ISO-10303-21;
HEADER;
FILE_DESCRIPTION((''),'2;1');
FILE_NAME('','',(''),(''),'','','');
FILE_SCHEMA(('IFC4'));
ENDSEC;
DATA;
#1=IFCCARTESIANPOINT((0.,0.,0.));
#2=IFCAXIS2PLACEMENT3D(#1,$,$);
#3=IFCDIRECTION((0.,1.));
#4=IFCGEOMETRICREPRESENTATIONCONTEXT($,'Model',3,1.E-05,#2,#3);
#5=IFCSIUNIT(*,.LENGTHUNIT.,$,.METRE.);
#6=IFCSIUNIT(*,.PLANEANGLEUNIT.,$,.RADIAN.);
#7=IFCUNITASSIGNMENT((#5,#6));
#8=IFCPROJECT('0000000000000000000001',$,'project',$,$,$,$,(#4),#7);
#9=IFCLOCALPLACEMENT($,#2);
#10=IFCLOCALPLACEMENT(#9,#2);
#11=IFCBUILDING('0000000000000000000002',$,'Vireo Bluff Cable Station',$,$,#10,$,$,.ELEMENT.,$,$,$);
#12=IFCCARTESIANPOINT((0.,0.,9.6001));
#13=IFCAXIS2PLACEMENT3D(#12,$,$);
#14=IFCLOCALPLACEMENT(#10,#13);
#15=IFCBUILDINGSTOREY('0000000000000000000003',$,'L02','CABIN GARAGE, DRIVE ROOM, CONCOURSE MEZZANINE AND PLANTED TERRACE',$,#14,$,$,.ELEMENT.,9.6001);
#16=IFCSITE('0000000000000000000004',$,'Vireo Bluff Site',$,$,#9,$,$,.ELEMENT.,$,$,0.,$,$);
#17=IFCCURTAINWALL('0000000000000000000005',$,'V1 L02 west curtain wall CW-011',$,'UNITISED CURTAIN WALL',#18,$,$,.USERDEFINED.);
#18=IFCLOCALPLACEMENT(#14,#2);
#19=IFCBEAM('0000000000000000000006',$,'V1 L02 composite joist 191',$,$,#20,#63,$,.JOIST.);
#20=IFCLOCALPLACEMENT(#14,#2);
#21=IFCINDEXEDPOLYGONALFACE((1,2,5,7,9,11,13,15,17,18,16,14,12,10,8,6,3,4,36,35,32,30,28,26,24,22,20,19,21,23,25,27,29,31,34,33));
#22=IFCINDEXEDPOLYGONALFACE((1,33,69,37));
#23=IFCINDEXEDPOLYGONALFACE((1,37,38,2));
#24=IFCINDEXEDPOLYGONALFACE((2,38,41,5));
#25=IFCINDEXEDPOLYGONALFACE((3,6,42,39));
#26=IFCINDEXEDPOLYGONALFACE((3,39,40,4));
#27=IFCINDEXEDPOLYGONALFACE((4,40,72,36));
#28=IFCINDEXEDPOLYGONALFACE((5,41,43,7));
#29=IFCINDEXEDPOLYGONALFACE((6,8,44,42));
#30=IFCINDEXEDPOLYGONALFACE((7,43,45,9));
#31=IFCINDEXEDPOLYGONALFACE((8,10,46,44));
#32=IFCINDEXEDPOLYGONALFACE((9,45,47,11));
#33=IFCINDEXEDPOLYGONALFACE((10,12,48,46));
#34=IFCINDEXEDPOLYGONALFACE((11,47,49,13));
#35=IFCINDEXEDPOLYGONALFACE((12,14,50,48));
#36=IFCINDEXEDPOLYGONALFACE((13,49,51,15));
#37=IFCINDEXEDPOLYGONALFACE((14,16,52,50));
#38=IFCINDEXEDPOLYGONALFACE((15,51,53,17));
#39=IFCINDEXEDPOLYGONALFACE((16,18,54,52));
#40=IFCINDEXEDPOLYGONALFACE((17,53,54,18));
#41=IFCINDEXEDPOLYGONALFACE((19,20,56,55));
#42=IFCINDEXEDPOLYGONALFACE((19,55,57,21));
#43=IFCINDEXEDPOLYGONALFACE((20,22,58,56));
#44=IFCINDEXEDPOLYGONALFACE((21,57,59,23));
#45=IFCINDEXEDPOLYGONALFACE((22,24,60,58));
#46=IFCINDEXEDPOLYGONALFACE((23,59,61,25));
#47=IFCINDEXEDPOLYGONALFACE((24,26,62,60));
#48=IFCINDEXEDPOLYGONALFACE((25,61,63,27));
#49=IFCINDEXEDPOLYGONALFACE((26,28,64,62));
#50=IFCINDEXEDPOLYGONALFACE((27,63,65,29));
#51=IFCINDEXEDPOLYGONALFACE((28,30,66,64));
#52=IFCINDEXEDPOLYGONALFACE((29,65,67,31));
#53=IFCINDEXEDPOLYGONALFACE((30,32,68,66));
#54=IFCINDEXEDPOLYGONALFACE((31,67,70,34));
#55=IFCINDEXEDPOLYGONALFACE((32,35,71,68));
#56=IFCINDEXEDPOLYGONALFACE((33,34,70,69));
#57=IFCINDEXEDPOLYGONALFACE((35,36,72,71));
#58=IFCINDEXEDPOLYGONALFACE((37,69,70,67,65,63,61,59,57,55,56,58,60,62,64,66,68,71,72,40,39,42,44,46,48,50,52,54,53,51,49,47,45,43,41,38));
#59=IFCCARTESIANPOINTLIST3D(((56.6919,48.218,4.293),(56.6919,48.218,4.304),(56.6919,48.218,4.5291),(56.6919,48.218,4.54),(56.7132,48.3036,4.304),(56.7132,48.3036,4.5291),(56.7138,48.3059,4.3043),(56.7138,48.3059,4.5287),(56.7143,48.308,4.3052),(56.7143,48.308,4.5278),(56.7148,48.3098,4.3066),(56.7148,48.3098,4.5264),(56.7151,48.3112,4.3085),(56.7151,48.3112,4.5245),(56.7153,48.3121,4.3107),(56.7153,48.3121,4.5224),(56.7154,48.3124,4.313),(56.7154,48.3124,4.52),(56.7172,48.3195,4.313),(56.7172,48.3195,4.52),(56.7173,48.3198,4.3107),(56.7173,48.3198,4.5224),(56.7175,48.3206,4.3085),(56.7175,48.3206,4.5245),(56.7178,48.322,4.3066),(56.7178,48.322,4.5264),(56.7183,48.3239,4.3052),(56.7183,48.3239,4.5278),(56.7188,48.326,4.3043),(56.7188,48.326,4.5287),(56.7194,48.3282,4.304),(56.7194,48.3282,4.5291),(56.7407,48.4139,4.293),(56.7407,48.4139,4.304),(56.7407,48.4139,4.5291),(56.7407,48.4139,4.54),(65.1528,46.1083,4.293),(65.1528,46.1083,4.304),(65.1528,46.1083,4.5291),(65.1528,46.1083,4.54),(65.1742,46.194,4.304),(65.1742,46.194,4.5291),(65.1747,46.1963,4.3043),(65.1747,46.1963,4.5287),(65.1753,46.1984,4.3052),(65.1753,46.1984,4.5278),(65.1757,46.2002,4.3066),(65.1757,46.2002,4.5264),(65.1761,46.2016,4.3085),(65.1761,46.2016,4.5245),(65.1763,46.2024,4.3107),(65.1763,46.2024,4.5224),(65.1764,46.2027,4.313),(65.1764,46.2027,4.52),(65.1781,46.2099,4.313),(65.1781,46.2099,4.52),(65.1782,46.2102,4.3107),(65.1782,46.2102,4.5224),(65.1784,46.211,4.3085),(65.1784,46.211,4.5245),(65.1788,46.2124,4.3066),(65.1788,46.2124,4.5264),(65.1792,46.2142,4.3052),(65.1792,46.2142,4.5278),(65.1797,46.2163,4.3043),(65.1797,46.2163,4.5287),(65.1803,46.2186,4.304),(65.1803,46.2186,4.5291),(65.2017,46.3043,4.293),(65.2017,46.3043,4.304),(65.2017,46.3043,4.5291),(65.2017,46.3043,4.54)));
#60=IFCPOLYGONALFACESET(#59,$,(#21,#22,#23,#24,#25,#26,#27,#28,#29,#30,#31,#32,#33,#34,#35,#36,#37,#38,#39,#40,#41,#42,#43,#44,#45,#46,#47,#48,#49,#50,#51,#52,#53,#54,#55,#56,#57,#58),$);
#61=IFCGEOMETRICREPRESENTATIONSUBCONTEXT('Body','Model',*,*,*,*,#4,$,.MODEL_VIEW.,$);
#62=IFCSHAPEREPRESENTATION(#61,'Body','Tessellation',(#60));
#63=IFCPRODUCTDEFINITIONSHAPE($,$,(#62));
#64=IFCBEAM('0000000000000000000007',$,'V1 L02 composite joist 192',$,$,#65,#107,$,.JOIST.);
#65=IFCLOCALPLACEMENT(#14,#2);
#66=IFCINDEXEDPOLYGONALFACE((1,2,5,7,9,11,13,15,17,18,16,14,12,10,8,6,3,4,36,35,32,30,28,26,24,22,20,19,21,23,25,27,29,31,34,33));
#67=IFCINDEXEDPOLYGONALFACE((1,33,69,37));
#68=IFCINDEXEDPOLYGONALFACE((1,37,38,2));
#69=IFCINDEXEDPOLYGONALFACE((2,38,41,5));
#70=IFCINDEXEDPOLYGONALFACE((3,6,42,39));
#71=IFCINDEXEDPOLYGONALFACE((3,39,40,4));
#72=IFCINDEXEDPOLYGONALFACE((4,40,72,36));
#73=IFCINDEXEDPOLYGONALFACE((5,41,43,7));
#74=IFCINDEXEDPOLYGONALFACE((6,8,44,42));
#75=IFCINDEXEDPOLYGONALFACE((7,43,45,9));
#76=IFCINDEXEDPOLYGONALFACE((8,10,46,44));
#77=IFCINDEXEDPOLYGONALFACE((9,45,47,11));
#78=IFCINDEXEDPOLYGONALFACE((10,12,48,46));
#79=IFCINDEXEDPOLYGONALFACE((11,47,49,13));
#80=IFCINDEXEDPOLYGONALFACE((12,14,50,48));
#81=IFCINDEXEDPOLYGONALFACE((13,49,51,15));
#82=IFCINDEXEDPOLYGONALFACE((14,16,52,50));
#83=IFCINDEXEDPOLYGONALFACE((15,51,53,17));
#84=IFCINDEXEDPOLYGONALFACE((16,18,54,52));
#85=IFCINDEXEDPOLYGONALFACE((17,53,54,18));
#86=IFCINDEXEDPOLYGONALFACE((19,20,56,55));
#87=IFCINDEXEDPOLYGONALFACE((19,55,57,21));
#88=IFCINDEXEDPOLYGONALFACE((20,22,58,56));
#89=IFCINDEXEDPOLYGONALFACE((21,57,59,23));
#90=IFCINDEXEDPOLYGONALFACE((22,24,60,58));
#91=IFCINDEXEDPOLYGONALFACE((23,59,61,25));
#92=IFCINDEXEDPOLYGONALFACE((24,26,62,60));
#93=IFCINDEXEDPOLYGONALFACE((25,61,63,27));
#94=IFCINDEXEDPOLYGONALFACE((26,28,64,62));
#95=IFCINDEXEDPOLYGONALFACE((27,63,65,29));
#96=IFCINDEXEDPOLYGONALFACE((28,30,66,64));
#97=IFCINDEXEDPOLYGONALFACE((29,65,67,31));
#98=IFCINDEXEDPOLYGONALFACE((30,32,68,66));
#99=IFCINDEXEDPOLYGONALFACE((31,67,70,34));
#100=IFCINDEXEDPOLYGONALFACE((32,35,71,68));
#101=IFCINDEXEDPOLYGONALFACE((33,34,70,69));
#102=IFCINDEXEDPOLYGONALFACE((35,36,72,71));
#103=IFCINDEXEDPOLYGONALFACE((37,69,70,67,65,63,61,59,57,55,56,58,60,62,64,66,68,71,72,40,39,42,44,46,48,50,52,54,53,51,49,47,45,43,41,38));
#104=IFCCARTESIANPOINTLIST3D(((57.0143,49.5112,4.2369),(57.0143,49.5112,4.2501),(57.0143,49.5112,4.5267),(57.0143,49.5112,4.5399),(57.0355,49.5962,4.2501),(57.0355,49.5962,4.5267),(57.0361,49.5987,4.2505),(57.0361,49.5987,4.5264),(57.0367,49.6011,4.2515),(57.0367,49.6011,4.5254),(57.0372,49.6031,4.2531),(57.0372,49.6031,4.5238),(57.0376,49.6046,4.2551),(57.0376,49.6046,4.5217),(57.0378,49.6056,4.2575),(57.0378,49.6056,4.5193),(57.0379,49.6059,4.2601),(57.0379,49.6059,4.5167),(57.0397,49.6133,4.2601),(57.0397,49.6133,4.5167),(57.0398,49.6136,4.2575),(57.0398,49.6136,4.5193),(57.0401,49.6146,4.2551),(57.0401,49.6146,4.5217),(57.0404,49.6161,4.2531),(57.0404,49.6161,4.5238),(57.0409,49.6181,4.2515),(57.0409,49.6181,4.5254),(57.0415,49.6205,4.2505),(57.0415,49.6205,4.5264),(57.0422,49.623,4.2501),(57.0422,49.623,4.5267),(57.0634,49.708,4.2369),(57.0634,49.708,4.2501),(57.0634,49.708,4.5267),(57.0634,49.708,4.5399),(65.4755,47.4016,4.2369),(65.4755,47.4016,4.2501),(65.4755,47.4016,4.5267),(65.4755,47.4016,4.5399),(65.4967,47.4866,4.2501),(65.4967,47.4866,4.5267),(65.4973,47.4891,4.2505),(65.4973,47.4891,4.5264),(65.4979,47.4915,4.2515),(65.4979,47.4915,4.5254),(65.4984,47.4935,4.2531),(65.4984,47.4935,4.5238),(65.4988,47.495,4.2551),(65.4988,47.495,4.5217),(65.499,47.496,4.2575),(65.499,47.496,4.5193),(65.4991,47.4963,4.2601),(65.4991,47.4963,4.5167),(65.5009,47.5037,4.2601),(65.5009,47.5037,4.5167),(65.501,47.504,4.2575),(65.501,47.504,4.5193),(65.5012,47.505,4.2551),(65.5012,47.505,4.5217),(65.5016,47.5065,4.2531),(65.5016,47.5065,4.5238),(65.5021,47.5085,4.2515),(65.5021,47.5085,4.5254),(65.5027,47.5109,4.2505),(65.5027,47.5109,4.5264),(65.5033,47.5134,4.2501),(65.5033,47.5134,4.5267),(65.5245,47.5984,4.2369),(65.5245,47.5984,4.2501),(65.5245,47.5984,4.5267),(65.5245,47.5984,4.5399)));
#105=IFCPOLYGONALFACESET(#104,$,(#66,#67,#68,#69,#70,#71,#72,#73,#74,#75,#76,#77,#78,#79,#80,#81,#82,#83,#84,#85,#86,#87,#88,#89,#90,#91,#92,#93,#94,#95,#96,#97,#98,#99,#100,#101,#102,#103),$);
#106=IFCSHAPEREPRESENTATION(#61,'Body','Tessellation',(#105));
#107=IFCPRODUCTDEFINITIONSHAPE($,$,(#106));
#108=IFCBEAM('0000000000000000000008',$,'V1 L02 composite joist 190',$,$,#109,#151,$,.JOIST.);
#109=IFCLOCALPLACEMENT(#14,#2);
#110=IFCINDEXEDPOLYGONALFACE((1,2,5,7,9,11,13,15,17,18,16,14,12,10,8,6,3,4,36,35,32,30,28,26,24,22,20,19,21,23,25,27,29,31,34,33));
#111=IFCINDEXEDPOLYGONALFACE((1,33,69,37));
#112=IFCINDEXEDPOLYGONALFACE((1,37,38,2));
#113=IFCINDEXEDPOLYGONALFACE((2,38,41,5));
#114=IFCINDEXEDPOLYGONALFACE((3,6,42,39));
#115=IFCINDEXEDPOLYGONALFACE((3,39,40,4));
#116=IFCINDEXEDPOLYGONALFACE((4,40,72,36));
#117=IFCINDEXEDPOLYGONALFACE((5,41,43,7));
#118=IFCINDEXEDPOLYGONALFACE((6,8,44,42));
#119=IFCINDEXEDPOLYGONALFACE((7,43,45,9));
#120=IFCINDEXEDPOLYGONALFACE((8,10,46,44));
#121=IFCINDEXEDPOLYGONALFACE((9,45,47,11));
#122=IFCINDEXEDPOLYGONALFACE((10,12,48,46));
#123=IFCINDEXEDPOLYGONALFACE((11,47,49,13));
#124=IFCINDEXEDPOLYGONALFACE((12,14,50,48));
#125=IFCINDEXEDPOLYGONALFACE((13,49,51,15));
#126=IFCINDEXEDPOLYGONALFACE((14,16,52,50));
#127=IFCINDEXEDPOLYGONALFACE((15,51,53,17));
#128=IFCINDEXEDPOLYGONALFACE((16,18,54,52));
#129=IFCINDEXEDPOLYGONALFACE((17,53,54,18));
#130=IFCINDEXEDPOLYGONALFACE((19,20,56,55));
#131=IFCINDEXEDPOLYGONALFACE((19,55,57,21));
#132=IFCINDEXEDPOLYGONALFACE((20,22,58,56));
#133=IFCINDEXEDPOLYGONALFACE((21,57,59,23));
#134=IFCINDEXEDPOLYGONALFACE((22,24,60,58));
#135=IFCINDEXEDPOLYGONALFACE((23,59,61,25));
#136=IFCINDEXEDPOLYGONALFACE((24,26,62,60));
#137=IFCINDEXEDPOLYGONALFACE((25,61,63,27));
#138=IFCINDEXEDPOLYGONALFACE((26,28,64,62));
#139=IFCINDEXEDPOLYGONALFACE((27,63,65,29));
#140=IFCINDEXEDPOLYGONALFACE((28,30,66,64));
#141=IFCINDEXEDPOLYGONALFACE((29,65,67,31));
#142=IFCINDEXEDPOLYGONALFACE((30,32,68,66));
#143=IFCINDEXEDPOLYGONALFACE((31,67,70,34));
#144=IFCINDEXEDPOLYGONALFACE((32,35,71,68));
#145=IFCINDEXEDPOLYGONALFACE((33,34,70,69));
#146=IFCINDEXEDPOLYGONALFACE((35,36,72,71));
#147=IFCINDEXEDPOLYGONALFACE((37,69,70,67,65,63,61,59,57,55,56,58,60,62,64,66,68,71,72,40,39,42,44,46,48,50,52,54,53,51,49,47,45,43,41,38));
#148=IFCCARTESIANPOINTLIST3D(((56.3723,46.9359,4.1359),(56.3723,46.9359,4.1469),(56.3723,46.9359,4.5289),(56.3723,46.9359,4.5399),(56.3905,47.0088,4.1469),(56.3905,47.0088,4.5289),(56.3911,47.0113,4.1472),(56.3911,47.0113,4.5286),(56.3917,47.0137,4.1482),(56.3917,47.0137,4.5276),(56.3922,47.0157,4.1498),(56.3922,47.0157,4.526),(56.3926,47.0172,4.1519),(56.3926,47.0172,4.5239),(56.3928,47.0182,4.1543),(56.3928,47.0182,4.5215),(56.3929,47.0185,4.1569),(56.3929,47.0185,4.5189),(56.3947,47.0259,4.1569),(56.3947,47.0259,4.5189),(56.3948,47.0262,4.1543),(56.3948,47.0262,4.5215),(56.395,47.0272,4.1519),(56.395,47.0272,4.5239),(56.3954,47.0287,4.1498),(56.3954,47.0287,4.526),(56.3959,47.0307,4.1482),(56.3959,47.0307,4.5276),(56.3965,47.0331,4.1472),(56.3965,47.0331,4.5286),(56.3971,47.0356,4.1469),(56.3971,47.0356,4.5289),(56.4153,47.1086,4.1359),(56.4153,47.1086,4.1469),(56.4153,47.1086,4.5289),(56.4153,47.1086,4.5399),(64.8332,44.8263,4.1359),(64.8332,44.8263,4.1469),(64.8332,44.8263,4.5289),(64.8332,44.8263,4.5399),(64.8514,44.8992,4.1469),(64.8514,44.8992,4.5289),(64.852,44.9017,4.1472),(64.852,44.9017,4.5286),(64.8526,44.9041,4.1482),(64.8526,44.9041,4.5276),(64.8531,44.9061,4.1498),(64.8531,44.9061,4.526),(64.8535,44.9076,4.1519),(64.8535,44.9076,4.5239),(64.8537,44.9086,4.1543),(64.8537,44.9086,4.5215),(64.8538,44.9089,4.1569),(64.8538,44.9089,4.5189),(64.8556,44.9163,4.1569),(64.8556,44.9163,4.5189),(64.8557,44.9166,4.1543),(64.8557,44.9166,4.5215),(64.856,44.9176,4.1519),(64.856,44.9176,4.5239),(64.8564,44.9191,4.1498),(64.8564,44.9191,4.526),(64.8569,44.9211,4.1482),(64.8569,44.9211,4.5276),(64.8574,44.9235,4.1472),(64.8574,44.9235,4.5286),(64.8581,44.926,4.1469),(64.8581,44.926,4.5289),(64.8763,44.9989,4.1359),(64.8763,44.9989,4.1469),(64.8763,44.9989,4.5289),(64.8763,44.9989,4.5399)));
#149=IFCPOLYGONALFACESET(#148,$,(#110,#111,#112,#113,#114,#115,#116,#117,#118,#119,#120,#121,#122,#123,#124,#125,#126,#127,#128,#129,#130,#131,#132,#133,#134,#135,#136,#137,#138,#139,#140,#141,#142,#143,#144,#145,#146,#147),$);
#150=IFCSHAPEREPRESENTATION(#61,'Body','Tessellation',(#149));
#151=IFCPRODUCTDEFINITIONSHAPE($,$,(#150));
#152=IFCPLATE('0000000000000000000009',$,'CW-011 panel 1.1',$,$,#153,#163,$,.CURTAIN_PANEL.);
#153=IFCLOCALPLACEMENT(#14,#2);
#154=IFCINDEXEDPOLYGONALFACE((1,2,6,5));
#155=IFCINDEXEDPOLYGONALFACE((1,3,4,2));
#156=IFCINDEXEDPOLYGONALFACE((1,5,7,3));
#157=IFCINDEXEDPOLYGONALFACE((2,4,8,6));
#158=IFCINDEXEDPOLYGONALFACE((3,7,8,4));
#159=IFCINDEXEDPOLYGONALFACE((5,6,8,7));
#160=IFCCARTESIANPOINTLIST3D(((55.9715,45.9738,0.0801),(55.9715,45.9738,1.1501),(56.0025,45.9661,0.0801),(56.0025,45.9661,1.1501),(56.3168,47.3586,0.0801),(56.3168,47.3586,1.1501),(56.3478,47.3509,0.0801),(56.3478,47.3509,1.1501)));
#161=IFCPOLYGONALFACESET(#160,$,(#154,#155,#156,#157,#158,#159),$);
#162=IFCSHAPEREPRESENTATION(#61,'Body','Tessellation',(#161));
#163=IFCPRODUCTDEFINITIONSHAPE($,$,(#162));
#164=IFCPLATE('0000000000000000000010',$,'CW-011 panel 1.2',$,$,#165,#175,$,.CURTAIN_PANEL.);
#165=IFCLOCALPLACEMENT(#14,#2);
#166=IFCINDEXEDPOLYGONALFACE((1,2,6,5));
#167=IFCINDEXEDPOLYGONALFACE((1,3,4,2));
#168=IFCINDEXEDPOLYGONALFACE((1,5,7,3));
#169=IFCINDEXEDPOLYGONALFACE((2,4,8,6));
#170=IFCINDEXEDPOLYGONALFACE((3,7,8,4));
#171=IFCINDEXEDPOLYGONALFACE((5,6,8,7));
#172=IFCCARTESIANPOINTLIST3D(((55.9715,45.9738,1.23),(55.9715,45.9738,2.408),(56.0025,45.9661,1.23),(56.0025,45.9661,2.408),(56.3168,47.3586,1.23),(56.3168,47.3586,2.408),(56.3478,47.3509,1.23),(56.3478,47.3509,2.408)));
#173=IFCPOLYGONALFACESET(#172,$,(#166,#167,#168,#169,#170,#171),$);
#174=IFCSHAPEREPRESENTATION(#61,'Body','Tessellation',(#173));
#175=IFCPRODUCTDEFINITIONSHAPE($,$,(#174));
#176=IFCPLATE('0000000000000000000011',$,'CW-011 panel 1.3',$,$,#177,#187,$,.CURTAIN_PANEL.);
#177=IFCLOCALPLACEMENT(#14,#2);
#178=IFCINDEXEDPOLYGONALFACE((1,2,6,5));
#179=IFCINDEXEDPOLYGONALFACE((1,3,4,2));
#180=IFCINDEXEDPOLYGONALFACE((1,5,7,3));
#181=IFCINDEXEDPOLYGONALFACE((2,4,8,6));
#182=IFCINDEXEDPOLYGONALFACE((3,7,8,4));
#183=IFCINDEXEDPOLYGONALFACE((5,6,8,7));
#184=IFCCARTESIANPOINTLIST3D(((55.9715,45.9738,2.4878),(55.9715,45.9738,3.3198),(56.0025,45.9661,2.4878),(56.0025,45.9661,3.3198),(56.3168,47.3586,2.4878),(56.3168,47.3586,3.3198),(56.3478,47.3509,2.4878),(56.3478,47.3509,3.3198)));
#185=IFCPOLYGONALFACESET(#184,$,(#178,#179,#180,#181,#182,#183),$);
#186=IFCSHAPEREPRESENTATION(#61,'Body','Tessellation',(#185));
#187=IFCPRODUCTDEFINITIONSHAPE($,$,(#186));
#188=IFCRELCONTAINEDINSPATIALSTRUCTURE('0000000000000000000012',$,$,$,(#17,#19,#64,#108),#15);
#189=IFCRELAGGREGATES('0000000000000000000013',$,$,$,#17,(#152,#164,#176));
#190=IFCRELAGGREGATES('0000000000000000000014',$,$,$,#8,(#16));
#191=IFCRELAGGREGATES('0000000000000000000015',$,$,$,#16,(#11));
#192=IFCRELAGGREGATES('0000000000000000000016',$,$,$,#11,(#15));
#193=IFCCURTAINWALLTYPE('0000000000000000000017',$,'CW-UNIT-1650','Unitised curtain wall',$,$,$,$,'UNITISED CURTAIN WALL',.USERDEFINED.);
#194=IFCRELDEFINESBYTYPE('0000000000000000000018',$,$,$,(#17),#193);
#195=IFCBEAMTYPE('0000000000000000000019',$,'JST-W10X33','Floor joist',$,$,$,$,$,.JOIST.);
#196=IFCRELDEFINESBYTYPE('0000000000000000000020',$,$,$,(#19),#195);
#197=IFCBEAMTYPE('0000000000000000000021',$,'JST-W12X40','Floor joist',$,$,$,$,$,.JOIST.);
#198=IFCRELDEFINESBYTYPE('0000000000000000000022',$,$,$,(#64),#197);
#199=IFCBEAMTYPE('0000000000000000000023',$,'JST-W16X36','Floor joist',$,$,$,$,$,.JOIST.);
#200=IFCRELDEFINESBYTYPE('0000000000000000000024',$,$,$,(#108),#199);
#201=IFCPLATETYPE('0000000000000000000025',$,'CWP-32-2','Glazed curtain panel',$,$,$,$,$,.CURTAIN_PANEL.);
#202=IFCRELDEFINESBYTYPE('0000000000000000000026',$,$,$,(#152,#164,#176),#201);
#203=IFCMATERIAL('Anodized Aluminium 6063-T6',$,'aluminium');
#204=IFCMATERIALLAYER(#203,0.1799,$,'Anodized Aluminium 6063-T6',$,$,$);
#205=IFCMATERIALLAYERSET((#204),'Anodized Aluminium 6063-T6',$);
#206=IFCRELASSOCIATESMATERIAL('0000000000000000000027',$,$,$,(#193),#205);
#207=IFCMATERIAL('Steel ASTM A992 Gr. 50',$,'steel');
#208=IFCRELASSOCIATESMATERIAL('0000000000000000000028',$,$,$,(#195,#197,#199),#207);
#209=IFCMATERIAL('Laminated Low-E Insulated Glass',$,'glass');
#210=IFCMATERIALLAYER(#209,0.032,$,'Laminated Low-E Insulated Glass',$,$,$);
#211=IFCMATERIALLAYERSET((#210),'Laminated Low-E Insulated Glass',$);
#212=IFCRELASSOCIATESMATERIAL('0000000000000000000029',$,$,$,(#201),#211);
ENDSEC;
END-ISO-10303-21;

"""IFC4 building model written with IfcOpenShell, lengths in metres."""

from ifc_helpers import new_model, si_unit, direction, frame, origin, origin_2d, place, context, subcontext, project, spatial, rectangle, i_section, extrude, material, layer, layer_set, material_profile, profile_set, type_object, element, aggregate, save


model = new_model("IFC4")

# Units and contexts
model_context = context("Model", 3, precision=1e-05, world=origin(), true_north=direction((0.0, 1.0)))
body_context = subcontext(model_context, "Body", "Model", "MODEL_VIEW")
ifc_project = project(units=[si_unit("LENGTHUNIT", "METRE"), si_unit("PLANEANGLEUNIT", "RADIAN")], contexts=[model_context])

# Site, building, storey
site_placement = place(None, origin())
site = spatial("IfcSite", under=ifc_project, at=site_placement, Name="Vireo Bluff Site", CompositionType="ELEMENT", RefElevation=0.0)
building_placement = place(site_placement, origin())
building = spatial("IfcBuilding", under=site, at=building_placement, Name="Vireo Bluff Cable Station", CompositionType="ELEMENT")
storey_placement = place(building_placement, frame((0.0, 0.0, 9.6001)))
storey = spatial("IfcBuildingStorey", under=building, at=storey_placement, Name="L02", Description="CABIN GARAGE, DRIVE ROOM, CONCOURSE MEZZANINE AND PLANTED TERRACE", CompositionType="ELEMENT", Elevation=9.6001)

# Curtain wall
ifc_material_1 = material(Name="Anodized Aluminium 6063-T6", Category="aluminium")
ifc_layer_1 = layer(ifc_material_1, 0.1799, Name="Anodized Aluminium 6063-T6")
ifc_layer_set_1 = layer_set([ifc_layer_1], Name="Anodized Aluminium 6063-T6")
curtain_wall_type = type_object("IfcCurtainWallType", Name="CW-UNIT-1650", Description="Unitised curtain wall", ElementType="UNITISED CURTAIN WALL", PredefinedType="USERDEFINED", material=ifc_layer_set_1)
curtain_wall_placement = place(storey_placement, origin())
curtain_wall = element("IfcCurtainWall", 1, at=curtain_wall_placement, inside=storey, type_object=curtain_wall_type, Name="V1 L02 west curtain wall CW-011", ObjectType="UNITISED CURTAIN WALL", PredefinedType="USERDEFINED")

# Beams
ifc_material_2 = material(Name="Steel ASTM A992 Gr. 50", Category="steel")
ifc_material_profile_1 = material_profile(ifc_material_2, i_section(OverallWidth=0.2019, OverallDepth=0.2471, WebThickness=0.0073, FlangeThickness=0.011, FilletRadius=0.009, at=origin_2d()), Name="W10X33")
ifc_profile_set_1 = profile_set([ifc_material_profile_1], Name="Steel ASTM A992 Gr. 50")
beam_type_1 = type_object("IfcBeamType", Name="JST-W10X33", Description="Floor joist", PredefinedType="JOIST", material=ifc_profile_set_1)
beam_1_placement = place(storey_placement, frame((56.7163, 48.3159, 4.4165), z_axis=(0.970294, -0.24193, 0.0), x_axis=(0.24193, 0.970294, 0.0)))
element("IfcBeam", 2, at=beam_1_placement, inside=storey, type_object=beam_type_1, Name="V1 L02 composite joist 191", PredefinedType="JOIST", context=body_context, shape_type="SweptSolid", body=[
    extrude(i_section(OverallWidth=0.2019, OverallDepth=0.2471, WebThickness=0.0073, FlangeThickness=0.011, FilletRadius=0.009, at=origin_2d()), origin(), (0.0, 0.0, 1.0), 8.72),
])
ifc_material_profile_2 = material_profile(ifc_material_2, i_section(OverallWidth=0.2029, OverallDepth=0.303, WebThickness=0.0076, FlangeThickness=0.0132, FilletRadius=0.01, at=origin_2d()), Name="W12X40")
ifc_profile_set_2 = profile_set([ifc_material_profile_2], Name="Steel ASTM A992 Gr. 50")
beam_type_2 = type_object("IfcBeamType", Name="JST-W12X40", Description="Floor joist", PredefinedType="JOIST", material=ifc_profile_set_2)
beam_2_placement = place(storey_placement, frame((57.0388, 49.6096, 4.3884), z_axis=(0.970295, -0.241923, 0.0), x_axis=(0.241923, 0.970295, 0.0)))
element("IfcBeam", 3, at=beam_2_placement, inside=storey, type_object=beam_type_2, Name="V1 L02 composite joist 192", PredefinedType="JOIST", context=body_context, shape_type="SweptSolid", body=[
    extrude(i_section(OverallWidth=0.2029, OverallDepth=0.303, WebThickness=0.0076, FlangeThickness=0.0132, FilletRadius=0.01, at=origin_2d()), origin(), (0.0, 0.0, 1.0), 8.7202),
])
ifc_material_profile_3 = material_profile(ifc_material_2, i_section(OverallWidth=0.178, OverallDepth=0.4041, WebThickness=0.0076, FlangeThickness=0.011, FilletRadius=0.01, at=origin_2d()), Name="W16X36")
ifc_profile_set_3 = profile_set([ifc_material_profile_3], Name="Steel ASTM A992 Gr. 50")
beam_type_3 = type_object("IfcBeamType", Name="JST-W16X36", Description="Floor joist", PredefinedType="JOIST", material=ifc_profile_set_3)
beam_3_placement = place(storey_placement, frame((56.3938, 47.0222, 4.3379), z_axis=(0.970294, -0.24193, 0.0), x_axis=(0.24193, 0.970294, 0.0)))
element("IfcBeam", 4, at=beam_3_placement, inside=storey, type_object=beam_type_3, Name="V1 L02 composite joist 190", PredefinedType="JOIST", context=body_context, shape_type="SweptSolid", body=[
    extrude(i_section(OverallWidth=0.178, OverallDepth=0.4041, WebThickness=0.0076, FlangeThickness=0.011, FilletRadius=0.01, at=origin_2d()), origin(), (0.0, 0.0, 1.0), 8.72),
])

# Plates
ifc_material_3 = material(Name="Laminated Low-E Insulated Glass", Category="glass")
ifc_layer_2 = layer(ifc_material_3, 0.032, Name="Laminated Low-E Insulated Glass")
ifc_layer_set_2 = layer_set([ifc_layer_2], Name="Laminated Low-E Insulated Glass")
plate_type = type_object("IfcPlateType", Name="CWP-32-2", Description="Glazed curtain panel", PredefinedType="CURTAIN_PANEL", material=ifc_layer_set_2)
plate_1_placement = place(storey_placement, frame((56.1597, 46.6624, 0.0801), z_axis=(0.0, 0.0, 1.0), x_axis=(0.241922, 0.970296, 0.0)))
plate_1 = element("IfcPlate", 5, at=plate_1_placement, type_object=plate_type, Name="CW-011 panel 1.1", PredefinedType="CURTAIN_PANEL", context=body_context, shape_type="SweptSolid", body=[
    extrude(rectangle(XDim=1.4272, YDim=0.032, at=origin_2d()), origin(), (0.0, 0.0, 1.0), 1.0701),
])
plate_2_placement = place(storey_placement, frame((56.1597, 46.6624, 1.23), z_axis=(0.0, 0.0, 1.0), x_axis=(0.241922, 0.970296, 0.0)))
plate_2 = element("IfcPlate", 6, at=plate_2_placement, type_object=plate_type, Name="CW-011 panel 1.2", PredefinedType="CURTAIN_PANEL", context=body_context, shape_type="SweptSolid", body=[
    extrude(rectangle(XDim=1.4272, YDim=0.032, at=origin_2d()), origin(), (0.0, 0.0, 1.0), 1.178),
])
plate_3_placement = place(storey_placement, frame((56.1597, 46.6624, 2.4878), z_axis=(0.0, 0.0, 1.0), x_axis=(0.241922, 0.970296, 0.0)))
plate_3 = element("IfcPlate", 7, at=plate_3_placement, type_object=plate_type, Name="CW-011 panel 1.3", PredefinedType="CURTAIN_PANEL", context=body_context, shape_type="SweptSolid", body=[
    extrude(rectangle(XDim=1.4272, YDim=0.032, at=origin_2d()), origin(), (0.0, 0.0, 1.0), 0.832),
])
aggregate(curtain_wall, [plate_1, plate_2, plate_3])

save(model, "model.ifc")
